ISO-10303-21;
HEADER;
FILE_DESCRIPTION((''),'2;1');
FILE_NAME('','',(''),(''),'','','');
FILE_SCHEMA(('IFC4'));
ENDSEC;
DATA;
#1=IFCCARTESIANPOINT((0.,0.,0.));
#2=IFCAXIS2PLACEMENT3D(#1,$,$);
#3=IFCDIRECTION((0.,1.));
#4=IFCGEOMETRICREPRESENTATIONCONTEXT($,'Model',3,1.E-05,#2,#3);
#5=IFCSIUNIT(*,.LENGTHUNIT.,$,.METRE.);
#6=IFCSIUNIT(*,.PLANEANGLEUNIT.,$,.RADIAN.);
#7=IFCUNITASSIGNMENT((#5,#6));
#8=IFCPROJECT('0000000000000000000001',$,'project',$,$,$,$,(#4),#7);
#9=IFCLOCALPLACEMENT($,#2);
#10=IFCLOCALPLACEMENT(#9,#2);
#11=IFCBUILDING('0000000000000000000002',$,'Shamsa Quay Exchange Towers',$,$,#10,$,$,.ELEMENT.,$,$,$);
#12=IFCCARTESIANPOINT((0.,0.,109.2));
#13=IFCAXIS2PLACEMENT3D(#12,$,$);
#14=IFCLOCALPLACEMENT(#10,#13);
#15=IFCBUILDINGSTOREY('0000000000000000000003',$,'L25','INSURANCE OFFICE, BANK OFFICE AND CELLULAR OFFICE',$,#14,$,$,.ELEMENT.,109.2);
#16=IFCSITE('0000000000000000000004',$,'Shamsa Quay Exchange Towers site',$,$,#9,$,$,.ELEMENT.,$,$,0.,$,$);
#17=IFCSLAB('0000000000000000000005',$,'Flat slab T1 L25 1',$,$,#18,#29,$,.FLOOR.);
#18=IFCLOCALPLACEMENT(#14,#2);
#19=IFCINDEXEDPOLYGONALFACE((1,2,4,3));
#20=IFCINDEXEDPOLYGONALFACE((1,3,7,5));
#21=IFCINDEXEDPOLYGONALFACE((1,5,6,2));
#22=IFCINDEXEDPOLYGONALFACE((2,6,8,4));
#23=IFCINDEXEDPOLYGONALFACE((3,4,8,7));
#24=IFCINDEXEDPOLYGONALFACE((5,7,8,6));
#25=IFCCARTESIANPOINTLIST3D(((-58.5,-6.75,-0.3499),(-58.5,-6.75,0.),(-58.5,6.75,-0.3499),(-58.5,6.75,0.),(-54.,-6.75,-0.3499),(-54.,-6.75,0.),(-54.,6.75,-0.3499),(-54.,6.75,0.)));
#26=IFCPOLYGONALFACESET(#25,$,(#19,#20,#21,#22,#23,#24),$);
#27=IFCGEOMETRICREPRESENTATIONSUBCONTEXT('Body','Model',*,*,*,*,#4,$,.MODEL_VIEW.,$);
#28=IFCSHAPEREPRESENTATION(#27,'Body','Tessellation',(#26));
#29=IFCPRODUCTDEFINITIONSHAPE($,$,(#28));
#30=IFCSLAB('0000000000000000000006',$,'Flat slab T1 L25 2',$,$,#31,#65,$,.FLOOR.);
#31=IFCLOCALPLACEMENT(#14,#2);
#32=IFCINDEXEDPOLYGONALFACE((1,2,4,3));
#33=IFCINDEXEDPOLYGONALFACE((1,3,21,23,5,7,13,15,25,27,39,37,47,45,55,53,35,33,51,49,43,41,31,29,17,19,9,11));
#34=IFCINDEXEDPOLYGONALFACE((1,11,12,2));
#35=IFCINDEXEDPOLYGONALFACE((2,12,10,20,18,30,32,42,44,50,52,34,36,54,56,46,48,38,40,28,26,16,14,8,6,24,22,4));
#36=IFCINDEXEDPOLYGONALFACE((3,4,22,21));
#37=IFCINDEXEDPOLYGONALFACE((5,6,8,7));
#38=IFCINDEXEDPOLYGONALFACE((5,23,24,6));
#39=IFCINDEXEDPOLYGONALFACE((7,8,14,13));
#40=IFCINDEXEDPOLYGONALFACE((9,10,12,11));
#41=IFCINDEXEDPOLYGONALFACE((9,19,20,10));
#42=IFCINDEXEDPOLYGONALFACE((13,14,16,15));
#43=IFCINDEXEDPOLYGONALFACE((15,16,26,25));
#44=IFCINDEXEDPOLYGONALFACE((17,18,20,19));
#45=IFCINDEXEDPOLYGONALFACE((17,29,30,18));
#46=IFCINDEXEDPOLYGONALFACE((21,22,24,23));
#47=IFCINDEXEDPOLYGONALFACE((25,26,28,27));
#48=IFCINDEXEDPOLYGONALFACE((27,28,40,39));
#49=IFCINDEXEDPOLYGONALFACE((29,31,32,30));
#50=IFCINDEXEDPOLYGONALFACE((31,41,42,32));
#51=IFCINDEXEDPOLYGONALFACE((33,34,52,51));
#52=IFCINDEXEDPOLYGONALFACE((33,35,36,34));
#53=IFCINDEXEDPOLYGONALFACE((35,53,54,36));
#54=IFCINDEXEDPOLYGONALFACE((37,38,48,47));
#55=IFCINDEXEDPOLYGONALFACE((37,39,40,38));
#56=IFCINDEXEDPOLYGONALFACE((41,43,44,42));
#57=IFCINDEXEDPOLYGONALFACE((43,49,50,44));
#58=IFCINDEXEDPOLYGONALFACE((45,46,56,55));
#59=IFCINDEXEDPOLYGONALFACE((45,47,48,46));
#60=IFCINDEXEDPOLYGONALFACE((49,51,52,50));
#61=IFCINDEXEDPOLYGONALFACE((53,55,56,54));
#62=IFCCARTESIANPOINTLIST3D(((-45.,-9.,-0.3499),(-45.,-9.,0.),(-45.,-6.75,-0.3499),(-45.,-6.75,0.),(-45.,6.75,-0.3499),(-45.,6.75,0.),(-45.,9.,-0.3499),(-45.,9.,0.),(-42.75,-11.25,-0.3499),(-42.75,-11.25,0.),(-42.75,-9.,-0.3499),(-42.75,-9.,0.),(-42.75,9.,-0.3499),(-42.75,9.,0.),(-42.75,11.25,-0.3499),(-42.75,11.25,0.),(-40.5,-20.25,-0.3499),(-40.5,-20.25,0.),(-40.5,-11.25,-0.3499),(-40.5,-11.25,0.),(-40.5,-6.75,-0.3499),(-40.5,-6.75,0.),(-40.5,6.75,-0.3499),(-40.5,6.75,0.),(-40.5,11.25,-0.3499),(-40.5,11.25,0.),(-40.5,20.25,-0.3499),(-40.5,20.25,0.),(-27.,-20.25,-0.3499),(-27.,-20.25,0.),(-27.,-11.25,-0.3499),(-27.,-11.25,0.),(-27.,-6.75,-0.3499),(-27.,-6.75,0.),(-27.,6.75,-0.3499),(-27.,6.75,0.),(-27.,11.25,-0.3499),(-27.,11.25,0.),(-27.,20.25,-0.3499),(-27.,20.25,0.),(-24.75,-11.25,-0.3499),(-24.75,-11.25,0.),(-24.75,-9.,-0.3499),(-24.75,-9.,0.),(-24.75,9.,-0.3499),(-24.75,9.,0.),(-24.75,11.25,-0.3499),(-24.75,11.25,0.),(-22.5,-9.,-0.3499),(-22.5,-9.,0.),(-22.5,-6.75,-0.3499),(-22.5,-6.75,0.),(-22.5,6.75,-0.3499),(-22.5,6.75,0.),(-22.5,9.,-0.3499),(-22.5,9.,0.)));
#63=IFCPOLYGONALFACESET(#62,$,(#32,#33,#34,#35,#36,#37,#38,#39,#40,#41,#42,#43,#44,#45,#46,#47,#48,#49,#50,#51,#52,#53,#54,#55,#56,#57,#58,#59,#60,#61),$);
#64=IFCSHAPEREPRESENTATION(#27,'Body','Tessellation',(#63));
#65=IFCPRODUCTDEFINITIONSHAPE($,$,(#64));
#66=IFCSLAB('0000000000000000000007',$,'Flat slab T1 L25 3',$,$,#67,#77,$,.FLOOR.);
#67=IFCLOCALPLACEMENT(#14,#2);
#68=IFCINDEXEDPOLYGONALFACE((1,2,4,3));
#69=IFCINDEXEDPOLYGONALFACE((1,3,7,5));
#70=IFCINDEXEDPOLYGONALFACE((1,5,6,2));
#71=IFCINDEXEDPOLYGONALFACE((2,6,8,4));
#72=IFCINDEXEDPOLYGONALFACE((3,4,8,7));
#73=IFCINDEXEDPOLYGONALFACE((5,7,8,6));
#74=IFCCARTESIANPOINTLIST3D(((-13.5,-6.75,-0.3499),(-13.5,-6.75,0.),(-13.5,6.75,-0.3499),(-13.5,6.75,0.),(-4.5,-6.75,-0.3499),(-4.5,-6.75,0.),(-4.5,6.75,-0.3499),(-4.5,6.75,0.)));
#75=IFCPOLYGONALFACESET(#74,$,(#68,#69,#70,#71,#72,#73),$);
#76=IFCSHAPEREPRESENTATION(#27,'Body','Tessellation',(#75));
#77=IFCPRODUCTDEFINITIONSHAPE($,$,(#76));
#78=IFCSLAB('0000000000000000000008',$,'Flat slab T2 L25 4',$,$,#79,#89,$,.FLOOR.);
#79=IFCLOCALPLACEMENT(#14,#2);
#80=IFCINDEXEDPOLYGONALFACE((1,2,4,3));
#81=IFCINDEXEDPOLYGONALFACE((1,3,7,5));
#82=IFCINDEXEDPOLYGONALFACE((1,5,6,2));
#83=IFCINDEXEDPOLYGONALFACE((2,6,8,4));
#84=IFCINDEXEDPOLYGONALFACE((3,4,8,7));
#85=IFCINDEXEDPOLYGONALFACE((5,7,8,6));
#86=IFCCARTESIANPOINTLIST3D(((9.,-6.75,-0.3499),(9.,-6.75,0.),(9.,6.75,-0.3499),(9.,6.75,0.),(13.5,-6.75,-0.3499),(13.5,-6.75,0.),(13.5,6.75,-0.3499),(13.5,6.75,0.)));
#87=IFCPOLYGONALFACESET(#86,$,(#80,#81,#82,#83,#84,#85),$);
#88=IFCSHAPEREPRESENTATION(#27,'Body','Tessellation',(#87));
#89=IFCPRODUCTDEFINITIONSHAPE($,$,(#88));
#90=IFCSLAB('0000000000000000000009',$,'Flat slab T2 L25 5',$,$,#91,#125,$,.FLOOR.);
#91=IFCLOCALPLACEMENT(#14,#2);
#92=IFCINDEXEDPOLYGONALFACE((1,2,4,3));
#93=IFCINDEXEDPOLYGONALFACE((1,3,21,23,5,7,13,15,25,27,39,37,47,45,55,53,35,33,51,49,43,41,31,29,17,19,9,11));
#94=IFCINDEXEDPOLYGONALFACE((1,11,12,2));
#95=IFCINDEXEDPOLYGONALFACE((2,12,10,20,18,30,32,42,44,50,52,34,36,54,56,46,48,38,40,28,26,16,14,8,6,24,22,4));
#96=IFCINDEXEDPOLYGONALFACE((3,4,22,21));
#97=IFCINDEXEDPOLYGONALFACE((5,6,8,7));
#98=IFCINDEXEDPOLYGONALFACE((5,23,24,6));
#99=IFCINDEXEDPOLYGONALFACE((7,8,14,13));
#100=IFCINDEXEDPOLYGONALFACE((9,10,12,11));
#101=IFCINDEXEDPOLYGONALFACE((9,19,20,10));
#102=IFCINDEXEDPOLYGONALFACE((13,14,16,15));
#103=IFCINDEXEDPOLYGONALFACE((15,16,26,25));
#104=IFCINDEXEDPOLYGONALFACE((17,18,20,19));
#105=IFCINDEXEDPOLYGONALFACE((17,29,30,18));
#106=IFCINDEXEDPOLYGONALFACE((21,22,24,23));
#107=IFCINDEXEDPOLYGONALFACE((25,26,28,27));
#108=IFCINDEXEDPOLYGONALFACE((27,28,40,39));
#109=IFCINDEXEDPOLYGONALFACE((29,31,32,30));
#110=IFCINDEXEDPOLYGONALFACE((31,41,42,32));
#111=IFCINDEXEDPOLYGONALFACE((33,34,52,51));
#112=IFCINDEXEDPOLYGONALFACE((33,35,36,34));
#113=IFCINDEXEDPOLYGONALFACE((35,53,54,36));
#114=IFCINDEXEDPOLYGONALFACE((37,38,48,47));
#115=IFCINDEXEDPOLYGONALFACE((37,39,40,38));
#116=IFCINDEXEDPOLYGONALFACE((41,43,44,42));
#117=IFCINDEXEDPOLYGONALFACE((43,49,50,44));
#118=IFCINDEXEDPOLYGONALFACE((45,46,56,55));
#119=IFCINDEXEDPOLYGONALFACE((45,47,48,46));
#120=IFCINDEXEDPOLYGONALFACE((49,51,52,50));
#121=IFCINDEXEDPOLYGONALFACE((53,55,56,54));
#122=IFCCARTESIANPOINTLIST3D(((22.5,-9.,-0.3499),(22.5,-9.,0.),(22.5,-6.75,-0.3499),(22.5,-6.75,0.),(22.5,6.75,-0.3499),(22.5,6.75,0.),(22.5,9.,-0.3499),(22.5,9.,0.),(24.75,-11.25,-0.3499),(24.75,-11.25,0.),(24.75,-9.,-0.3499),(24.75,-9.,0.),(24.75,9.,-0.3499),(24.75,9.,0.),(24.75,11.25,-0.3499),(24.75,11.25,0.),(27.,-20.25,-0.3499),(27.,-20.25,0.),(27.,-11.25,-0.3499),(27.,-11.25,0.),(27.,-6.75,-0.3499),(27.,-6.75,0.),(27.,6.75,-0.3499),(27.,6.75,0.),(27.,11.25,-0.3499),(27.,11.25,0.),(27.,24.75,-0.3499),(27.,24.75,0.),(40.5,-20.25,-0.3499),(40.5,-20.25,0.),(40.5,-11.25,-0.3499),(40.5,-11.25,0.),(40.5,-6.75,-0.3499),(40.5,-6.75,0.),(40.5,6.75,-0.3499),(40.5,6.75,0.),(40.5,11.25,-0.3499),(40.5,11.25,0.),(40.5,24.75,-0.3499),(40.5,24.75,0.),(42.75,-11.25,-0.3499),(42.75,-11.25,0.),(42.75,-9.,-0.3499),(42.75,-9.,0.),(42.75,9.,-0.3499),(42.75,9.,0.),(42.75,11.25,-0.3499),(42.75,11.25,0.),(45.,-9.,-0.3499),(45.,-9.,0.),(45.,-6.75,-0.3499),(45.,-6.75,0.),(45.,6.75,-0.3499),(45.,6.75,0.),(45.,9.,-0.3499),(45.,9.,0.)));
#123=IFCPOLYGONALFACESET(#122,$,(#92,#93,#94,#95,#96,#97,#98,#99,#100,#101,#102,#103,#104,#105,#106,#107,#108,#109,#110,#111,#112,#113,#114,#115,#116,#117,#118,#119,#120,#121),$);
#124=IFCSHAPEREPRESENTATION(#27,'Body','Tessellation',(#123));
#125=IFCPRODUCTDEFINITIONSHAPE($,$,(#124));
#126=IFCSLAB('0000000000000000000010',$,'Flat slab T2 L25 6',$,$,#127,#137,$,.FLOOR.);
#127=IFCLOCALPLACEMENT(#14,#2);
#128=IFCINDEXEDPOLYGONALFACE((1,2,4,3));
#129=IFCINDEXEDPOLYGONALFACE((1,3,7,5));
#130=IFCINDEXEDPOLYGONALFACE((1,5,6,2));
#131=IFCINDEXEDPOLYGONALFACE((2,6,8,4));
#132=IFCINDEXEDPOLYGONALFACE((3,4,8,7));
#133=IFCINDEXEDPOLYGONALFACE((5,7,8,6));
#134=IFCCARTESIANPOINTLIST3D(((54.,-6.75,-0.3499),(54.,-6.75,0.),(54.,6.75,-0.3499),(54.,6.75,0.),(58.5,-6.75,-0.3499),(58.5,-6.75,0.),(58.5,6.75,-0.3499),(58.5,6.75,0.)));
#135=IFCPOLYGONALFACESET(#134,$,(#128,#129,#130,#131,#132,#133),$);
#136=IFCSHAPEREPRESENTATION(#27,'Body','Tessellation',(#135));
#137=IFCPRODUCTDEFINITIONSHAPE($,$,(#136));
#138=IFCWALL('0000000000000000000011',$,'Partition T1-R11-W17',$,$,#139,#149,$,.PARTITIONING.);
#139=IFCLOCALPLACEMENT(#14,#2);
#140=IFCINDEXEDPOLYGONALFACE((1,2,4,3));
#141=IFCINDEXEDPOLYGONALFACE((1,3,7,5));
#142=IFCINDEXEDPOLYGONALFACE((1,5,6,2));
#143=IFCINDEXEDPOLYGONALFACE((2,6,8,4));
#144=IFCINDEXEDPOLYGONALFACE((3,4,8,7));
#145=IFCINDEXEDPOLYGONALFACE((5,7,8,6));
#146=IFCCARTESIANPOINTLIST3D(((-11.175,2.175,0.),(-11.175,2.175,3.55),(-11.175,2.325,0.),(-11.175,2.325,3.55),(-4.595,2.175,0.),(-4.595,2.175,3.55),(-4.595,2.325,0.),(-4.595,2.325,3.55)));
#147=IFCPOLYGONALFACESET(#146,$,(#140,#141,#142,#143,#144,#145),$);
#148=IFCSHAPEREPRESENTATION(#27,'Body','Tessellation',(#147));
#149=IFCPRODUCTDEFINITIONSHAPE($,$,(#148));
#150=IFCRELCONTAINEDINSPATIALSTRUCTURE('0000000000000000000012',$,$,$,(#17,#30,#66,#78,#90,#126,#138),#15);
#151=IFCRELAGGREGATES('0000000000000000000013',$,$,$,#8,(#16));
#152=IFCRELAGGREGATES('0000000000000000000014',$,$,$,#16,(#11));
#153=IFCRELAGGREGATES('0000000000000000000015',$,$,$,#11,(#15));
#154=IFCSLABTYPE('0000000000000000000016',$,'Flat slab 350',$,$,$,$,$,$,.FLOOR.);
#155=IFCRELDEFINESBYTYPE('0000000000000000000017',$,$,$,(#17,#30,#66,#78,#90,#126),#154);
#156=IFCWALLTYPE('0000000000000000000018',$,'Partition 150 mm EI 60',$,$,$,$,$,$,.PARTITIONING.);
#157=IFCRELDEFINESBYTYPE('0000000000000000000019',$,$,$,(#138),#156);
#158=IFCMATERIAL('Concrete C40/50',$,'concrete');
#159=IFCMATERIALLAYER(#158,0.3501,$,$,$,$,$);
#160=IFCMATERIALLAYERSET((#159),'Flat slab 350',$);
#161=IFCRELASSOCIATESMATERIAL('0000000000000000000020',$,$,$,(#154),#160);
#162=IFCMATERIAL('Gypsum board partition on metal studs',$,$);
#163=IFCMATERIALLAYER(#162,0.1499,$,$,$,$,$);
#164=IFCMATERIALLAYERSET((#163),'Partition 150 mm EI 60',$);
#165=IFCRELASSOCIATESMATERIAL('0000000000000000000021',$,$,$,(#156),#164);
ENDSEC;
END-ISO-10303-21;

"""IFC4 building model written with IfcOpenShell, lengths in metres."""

from ifc_helpers import new_model, si_unit, direction, frame, frame_2d, origin, place, context, subcontext, project, spatial, polyline, rectangle, outline, extrude, material, layer, layer_set, type_object, element, save


model = new_model("IFC4")

# Units and contexts
model_context = context("Model", 3, precision=1e-05, world=origin(), true_north=direction((0.0, 1.0)))
body_context = subcontext(model_context, "Body", "Model", "MODEL_VIEW")
ifc_project = project(units=[si_unit("LENGTHUNIT", "METRE"), si_unit("PLANEANGLEUNIT", "RADIAN")], contexts=[model_context])

# Site, building, storey
site_placement = place(None, origin())
site = spatial("IfcSite", under=ifc_project, at=site_placement, Name="Shamsa Quay Exchange Towers site", CompositionType="ELEMENT", RefElevation=0.0)
building_placement = place(site_placement, origin())
building = spatial("IfcBuilding", under=site, at=building_placement, Name="Shamsa Quay Exchange Towers", CompositionType="ELEMENT")
storey_placement = place(building_placement, frame((0.0, 0.0, 109.2)))
storey = spatial("IfcBuildingStorey", under=building, at=storey_placement, Name="L25", Description="INSURANCE OFFICE, BANK OFFICE AND CELLULAR OFFICE", CompositionType="ELEMENT", Elevation=109.2)

# Slabs
ifc_material_1 = material(Name="Concrete C40/50", Category="concrete")
ifc_layer_1 = layer(ifc_material_1, 0.3501)
ifc_layer_set_1 = layer_set([ifc_layer_1], Name="Flat slab 350")
slab_type_1 = type_object("IfcSlabType", Name="Flat slab 350", PredefinedType="FLOOR", material=ifc_layer_set_1)
slab_1_placement = place(storey_placement, frame((0.0, 0.0, -0.3499)))
element("IfcSlab", 1, at=slab_1_placement, inside=storey, type_object=slab_type_1, Name="Flat slab T1 L25 1", PredefinedType="FLOOR", context=body_context, shape_type="SweptSolid", body=[
    extrude(outline(polyline([(-58.5, -6.75), (-54.0, -6.75), (-54.0, 6.75), (-58.5, 6.75), (-58.5, -6.75)])), origin(), (0.0, 0.0, 1.0), 0.3499),
])
slab_2_placement = place(storey_placement, frame((0.0, 0.0, -0.3499)))
element("IfcSlab", 2, at=slab_2_placement, inside=storey, type_object=slab_type_1, Name="Flat slab T1 L25 2", PredefinedType="FLOOR", context=body_context, shape_type="SweptSolid", body=[
    extrude(outline(polyline([(-22.5, -9.0), (-22.5, -6.75), (-27.0, -6.75), (-27.0, 6.75), (-22.5, 6.75), (-22.5, 9.0), (-24.75, 9.0), (-24.75, 11.25), (-27.0, 11.25), (-27.0, 20.25), (-40.5, 20.25), (-40.5, 11.25), (-42.75, 11.25), (-42.75, 9.0), (-45.0, 9.0), (-45.0, 6.75), (-40.5, 6.75), (-40.5, -6.75), (-45.0, -6.75), (-45.0, -9.0), (-42.75, -9.0), (-42.75, -11.25), (-40.5, -11.25), (-40.5, -20.25), (-27.0, -20.25), (-27.0, -11.25), (-24.75, -11.25), (-24.75, -9.0), (-22.5, -9.0)])), origin(), (0.0, 0.0, 1.0), 0.3499),
])
slab_3_placement = place(storey_placement, frame((0.0, 0.0, -0.3499)))
element("IfcSlab", 3, at=slab_3_placement, inside=storey, type_object=slab_type_1, Name="Flat slab T1 L25 3", PredefinedType="FLOOR", context=body_context, shape_type="SweptSolid", body=[
    extrude(outline(polyline([(-4.5, 6.75), (-13.5, 6.75), (-13.5, -6.75), (-4.5, -6.75), (-4.5, 6.75)])), origin(), (0.0, 0.0, 1.0), 0.3499),
])
slab_4_placement = place(storey_placement, frame((0.0, 0.0, -0.3499)))
element("IfcSlab", 4, at=slab_4_placement, inside=storey, type_object=slab_type_1, Name="Flat slab T2 L25 4", PredefinedType="FLOOR", context=body_context, shape_type="SweptSolid", body=[
    extrude(outline(polyline([(9.0, -6.75), (13.5, -6.75), (13.5, 6.75), (9.0, 6.75), (9.0, -6.75)])), origin(), (0.0, 0.0, 1.0), 0.3499),
])
slab_5_placement = place(storey_placement, frame((0.0, 0.0, -0.3499)))
element("IfcSlab", 5, at=slab_5_placement, inside=storey, type_object=slab_type_1, Name="Flat slab T2 L25 5", PredefinedType="FLOOR", context=body_context, shape_type="SweptSolid", body=[
    extrude(outline(polyline([(45.0, -9.0), (45.0, -6.75), (40.5, -6.75), (40.5, 6.75), (45.0, 6.75), (45.0, 9.0), (42.75, 9.0), (42.75, 11.25), (40.5, 11.25), (40.5, 24.75), (27.0, 24.75), (27.0, 11.25), (24.75, 11.25), (24.75, 9.0), (22.5, 9.0), (22.5, 6.75), (27.0, 6.75), (27.0, -6.75), (22.5, -6.75), (22.5, -9.0), (24.75, -9.0), (24.75, -11.25), (27.0, -11.25), (27.0, -20.25), (40.5, -20.25), (40.5, -11.25), (42.75, -11.25), (42.75, -9.0), (45.0, -9.0)])), origin(), (0.0, 0.0, 1.0), 0.3499),
])
slab_6_placement = place(storey_placement, frame((0.0, 0.0, -0.3499)))
element("IfcSlab", 6, at=slab_6_placement, inside=storey, type_object=slab_type_1, Name="Flat slab T2 L25 6", PredefinedType="FLOOR", context=body_context, shape_type="SweptSolid", body=[
    extrude(outline(polyline([(58.5, 6.75), (54.0, 6.75), (54.0, -6.75), (58.5, -6.75), (58.5, 6.75)])), origin(), (0.0, 0.0, 1.0), 0.3499),
])

# Wall
ifc_material_2 = material(Name="Gypsum board partition on metal studs")
ifc_layer_2 = layer(ifc_material_2, 0.1499)
ifc_layer_set_2 = layer_set([ifc_layer_2], Name="Partition 150 mm EI 60")
wall_type = type_object("IfcWallType", Name="Partition 150 mm EI 60", PredefinedType="PARTITIONING", material=ifc_layer_set_2)
wall_placement = place(storey_placement, frame((-4.595, 2.25, 0.0), z_axis=(0.0, 0.0, 1.0), x_axis=(-1.0, 0.0, 0.0)))
element("IfcWall", 7, at=wall_placement, inside=storey, type_object=wall_type, Name="Partition T1-R11-W17", PredefinedType="PARTITIONING", context=body_context, shape_type="SweptSolid", body=[
    extrude(rectangle(XDim=6.5801, YDim=0.1499, at=frame_2d((3.29, 0.0))), origin(), (0.0, 0.0, 1.0), 3.55),
])

save(model, "model.ifc")
